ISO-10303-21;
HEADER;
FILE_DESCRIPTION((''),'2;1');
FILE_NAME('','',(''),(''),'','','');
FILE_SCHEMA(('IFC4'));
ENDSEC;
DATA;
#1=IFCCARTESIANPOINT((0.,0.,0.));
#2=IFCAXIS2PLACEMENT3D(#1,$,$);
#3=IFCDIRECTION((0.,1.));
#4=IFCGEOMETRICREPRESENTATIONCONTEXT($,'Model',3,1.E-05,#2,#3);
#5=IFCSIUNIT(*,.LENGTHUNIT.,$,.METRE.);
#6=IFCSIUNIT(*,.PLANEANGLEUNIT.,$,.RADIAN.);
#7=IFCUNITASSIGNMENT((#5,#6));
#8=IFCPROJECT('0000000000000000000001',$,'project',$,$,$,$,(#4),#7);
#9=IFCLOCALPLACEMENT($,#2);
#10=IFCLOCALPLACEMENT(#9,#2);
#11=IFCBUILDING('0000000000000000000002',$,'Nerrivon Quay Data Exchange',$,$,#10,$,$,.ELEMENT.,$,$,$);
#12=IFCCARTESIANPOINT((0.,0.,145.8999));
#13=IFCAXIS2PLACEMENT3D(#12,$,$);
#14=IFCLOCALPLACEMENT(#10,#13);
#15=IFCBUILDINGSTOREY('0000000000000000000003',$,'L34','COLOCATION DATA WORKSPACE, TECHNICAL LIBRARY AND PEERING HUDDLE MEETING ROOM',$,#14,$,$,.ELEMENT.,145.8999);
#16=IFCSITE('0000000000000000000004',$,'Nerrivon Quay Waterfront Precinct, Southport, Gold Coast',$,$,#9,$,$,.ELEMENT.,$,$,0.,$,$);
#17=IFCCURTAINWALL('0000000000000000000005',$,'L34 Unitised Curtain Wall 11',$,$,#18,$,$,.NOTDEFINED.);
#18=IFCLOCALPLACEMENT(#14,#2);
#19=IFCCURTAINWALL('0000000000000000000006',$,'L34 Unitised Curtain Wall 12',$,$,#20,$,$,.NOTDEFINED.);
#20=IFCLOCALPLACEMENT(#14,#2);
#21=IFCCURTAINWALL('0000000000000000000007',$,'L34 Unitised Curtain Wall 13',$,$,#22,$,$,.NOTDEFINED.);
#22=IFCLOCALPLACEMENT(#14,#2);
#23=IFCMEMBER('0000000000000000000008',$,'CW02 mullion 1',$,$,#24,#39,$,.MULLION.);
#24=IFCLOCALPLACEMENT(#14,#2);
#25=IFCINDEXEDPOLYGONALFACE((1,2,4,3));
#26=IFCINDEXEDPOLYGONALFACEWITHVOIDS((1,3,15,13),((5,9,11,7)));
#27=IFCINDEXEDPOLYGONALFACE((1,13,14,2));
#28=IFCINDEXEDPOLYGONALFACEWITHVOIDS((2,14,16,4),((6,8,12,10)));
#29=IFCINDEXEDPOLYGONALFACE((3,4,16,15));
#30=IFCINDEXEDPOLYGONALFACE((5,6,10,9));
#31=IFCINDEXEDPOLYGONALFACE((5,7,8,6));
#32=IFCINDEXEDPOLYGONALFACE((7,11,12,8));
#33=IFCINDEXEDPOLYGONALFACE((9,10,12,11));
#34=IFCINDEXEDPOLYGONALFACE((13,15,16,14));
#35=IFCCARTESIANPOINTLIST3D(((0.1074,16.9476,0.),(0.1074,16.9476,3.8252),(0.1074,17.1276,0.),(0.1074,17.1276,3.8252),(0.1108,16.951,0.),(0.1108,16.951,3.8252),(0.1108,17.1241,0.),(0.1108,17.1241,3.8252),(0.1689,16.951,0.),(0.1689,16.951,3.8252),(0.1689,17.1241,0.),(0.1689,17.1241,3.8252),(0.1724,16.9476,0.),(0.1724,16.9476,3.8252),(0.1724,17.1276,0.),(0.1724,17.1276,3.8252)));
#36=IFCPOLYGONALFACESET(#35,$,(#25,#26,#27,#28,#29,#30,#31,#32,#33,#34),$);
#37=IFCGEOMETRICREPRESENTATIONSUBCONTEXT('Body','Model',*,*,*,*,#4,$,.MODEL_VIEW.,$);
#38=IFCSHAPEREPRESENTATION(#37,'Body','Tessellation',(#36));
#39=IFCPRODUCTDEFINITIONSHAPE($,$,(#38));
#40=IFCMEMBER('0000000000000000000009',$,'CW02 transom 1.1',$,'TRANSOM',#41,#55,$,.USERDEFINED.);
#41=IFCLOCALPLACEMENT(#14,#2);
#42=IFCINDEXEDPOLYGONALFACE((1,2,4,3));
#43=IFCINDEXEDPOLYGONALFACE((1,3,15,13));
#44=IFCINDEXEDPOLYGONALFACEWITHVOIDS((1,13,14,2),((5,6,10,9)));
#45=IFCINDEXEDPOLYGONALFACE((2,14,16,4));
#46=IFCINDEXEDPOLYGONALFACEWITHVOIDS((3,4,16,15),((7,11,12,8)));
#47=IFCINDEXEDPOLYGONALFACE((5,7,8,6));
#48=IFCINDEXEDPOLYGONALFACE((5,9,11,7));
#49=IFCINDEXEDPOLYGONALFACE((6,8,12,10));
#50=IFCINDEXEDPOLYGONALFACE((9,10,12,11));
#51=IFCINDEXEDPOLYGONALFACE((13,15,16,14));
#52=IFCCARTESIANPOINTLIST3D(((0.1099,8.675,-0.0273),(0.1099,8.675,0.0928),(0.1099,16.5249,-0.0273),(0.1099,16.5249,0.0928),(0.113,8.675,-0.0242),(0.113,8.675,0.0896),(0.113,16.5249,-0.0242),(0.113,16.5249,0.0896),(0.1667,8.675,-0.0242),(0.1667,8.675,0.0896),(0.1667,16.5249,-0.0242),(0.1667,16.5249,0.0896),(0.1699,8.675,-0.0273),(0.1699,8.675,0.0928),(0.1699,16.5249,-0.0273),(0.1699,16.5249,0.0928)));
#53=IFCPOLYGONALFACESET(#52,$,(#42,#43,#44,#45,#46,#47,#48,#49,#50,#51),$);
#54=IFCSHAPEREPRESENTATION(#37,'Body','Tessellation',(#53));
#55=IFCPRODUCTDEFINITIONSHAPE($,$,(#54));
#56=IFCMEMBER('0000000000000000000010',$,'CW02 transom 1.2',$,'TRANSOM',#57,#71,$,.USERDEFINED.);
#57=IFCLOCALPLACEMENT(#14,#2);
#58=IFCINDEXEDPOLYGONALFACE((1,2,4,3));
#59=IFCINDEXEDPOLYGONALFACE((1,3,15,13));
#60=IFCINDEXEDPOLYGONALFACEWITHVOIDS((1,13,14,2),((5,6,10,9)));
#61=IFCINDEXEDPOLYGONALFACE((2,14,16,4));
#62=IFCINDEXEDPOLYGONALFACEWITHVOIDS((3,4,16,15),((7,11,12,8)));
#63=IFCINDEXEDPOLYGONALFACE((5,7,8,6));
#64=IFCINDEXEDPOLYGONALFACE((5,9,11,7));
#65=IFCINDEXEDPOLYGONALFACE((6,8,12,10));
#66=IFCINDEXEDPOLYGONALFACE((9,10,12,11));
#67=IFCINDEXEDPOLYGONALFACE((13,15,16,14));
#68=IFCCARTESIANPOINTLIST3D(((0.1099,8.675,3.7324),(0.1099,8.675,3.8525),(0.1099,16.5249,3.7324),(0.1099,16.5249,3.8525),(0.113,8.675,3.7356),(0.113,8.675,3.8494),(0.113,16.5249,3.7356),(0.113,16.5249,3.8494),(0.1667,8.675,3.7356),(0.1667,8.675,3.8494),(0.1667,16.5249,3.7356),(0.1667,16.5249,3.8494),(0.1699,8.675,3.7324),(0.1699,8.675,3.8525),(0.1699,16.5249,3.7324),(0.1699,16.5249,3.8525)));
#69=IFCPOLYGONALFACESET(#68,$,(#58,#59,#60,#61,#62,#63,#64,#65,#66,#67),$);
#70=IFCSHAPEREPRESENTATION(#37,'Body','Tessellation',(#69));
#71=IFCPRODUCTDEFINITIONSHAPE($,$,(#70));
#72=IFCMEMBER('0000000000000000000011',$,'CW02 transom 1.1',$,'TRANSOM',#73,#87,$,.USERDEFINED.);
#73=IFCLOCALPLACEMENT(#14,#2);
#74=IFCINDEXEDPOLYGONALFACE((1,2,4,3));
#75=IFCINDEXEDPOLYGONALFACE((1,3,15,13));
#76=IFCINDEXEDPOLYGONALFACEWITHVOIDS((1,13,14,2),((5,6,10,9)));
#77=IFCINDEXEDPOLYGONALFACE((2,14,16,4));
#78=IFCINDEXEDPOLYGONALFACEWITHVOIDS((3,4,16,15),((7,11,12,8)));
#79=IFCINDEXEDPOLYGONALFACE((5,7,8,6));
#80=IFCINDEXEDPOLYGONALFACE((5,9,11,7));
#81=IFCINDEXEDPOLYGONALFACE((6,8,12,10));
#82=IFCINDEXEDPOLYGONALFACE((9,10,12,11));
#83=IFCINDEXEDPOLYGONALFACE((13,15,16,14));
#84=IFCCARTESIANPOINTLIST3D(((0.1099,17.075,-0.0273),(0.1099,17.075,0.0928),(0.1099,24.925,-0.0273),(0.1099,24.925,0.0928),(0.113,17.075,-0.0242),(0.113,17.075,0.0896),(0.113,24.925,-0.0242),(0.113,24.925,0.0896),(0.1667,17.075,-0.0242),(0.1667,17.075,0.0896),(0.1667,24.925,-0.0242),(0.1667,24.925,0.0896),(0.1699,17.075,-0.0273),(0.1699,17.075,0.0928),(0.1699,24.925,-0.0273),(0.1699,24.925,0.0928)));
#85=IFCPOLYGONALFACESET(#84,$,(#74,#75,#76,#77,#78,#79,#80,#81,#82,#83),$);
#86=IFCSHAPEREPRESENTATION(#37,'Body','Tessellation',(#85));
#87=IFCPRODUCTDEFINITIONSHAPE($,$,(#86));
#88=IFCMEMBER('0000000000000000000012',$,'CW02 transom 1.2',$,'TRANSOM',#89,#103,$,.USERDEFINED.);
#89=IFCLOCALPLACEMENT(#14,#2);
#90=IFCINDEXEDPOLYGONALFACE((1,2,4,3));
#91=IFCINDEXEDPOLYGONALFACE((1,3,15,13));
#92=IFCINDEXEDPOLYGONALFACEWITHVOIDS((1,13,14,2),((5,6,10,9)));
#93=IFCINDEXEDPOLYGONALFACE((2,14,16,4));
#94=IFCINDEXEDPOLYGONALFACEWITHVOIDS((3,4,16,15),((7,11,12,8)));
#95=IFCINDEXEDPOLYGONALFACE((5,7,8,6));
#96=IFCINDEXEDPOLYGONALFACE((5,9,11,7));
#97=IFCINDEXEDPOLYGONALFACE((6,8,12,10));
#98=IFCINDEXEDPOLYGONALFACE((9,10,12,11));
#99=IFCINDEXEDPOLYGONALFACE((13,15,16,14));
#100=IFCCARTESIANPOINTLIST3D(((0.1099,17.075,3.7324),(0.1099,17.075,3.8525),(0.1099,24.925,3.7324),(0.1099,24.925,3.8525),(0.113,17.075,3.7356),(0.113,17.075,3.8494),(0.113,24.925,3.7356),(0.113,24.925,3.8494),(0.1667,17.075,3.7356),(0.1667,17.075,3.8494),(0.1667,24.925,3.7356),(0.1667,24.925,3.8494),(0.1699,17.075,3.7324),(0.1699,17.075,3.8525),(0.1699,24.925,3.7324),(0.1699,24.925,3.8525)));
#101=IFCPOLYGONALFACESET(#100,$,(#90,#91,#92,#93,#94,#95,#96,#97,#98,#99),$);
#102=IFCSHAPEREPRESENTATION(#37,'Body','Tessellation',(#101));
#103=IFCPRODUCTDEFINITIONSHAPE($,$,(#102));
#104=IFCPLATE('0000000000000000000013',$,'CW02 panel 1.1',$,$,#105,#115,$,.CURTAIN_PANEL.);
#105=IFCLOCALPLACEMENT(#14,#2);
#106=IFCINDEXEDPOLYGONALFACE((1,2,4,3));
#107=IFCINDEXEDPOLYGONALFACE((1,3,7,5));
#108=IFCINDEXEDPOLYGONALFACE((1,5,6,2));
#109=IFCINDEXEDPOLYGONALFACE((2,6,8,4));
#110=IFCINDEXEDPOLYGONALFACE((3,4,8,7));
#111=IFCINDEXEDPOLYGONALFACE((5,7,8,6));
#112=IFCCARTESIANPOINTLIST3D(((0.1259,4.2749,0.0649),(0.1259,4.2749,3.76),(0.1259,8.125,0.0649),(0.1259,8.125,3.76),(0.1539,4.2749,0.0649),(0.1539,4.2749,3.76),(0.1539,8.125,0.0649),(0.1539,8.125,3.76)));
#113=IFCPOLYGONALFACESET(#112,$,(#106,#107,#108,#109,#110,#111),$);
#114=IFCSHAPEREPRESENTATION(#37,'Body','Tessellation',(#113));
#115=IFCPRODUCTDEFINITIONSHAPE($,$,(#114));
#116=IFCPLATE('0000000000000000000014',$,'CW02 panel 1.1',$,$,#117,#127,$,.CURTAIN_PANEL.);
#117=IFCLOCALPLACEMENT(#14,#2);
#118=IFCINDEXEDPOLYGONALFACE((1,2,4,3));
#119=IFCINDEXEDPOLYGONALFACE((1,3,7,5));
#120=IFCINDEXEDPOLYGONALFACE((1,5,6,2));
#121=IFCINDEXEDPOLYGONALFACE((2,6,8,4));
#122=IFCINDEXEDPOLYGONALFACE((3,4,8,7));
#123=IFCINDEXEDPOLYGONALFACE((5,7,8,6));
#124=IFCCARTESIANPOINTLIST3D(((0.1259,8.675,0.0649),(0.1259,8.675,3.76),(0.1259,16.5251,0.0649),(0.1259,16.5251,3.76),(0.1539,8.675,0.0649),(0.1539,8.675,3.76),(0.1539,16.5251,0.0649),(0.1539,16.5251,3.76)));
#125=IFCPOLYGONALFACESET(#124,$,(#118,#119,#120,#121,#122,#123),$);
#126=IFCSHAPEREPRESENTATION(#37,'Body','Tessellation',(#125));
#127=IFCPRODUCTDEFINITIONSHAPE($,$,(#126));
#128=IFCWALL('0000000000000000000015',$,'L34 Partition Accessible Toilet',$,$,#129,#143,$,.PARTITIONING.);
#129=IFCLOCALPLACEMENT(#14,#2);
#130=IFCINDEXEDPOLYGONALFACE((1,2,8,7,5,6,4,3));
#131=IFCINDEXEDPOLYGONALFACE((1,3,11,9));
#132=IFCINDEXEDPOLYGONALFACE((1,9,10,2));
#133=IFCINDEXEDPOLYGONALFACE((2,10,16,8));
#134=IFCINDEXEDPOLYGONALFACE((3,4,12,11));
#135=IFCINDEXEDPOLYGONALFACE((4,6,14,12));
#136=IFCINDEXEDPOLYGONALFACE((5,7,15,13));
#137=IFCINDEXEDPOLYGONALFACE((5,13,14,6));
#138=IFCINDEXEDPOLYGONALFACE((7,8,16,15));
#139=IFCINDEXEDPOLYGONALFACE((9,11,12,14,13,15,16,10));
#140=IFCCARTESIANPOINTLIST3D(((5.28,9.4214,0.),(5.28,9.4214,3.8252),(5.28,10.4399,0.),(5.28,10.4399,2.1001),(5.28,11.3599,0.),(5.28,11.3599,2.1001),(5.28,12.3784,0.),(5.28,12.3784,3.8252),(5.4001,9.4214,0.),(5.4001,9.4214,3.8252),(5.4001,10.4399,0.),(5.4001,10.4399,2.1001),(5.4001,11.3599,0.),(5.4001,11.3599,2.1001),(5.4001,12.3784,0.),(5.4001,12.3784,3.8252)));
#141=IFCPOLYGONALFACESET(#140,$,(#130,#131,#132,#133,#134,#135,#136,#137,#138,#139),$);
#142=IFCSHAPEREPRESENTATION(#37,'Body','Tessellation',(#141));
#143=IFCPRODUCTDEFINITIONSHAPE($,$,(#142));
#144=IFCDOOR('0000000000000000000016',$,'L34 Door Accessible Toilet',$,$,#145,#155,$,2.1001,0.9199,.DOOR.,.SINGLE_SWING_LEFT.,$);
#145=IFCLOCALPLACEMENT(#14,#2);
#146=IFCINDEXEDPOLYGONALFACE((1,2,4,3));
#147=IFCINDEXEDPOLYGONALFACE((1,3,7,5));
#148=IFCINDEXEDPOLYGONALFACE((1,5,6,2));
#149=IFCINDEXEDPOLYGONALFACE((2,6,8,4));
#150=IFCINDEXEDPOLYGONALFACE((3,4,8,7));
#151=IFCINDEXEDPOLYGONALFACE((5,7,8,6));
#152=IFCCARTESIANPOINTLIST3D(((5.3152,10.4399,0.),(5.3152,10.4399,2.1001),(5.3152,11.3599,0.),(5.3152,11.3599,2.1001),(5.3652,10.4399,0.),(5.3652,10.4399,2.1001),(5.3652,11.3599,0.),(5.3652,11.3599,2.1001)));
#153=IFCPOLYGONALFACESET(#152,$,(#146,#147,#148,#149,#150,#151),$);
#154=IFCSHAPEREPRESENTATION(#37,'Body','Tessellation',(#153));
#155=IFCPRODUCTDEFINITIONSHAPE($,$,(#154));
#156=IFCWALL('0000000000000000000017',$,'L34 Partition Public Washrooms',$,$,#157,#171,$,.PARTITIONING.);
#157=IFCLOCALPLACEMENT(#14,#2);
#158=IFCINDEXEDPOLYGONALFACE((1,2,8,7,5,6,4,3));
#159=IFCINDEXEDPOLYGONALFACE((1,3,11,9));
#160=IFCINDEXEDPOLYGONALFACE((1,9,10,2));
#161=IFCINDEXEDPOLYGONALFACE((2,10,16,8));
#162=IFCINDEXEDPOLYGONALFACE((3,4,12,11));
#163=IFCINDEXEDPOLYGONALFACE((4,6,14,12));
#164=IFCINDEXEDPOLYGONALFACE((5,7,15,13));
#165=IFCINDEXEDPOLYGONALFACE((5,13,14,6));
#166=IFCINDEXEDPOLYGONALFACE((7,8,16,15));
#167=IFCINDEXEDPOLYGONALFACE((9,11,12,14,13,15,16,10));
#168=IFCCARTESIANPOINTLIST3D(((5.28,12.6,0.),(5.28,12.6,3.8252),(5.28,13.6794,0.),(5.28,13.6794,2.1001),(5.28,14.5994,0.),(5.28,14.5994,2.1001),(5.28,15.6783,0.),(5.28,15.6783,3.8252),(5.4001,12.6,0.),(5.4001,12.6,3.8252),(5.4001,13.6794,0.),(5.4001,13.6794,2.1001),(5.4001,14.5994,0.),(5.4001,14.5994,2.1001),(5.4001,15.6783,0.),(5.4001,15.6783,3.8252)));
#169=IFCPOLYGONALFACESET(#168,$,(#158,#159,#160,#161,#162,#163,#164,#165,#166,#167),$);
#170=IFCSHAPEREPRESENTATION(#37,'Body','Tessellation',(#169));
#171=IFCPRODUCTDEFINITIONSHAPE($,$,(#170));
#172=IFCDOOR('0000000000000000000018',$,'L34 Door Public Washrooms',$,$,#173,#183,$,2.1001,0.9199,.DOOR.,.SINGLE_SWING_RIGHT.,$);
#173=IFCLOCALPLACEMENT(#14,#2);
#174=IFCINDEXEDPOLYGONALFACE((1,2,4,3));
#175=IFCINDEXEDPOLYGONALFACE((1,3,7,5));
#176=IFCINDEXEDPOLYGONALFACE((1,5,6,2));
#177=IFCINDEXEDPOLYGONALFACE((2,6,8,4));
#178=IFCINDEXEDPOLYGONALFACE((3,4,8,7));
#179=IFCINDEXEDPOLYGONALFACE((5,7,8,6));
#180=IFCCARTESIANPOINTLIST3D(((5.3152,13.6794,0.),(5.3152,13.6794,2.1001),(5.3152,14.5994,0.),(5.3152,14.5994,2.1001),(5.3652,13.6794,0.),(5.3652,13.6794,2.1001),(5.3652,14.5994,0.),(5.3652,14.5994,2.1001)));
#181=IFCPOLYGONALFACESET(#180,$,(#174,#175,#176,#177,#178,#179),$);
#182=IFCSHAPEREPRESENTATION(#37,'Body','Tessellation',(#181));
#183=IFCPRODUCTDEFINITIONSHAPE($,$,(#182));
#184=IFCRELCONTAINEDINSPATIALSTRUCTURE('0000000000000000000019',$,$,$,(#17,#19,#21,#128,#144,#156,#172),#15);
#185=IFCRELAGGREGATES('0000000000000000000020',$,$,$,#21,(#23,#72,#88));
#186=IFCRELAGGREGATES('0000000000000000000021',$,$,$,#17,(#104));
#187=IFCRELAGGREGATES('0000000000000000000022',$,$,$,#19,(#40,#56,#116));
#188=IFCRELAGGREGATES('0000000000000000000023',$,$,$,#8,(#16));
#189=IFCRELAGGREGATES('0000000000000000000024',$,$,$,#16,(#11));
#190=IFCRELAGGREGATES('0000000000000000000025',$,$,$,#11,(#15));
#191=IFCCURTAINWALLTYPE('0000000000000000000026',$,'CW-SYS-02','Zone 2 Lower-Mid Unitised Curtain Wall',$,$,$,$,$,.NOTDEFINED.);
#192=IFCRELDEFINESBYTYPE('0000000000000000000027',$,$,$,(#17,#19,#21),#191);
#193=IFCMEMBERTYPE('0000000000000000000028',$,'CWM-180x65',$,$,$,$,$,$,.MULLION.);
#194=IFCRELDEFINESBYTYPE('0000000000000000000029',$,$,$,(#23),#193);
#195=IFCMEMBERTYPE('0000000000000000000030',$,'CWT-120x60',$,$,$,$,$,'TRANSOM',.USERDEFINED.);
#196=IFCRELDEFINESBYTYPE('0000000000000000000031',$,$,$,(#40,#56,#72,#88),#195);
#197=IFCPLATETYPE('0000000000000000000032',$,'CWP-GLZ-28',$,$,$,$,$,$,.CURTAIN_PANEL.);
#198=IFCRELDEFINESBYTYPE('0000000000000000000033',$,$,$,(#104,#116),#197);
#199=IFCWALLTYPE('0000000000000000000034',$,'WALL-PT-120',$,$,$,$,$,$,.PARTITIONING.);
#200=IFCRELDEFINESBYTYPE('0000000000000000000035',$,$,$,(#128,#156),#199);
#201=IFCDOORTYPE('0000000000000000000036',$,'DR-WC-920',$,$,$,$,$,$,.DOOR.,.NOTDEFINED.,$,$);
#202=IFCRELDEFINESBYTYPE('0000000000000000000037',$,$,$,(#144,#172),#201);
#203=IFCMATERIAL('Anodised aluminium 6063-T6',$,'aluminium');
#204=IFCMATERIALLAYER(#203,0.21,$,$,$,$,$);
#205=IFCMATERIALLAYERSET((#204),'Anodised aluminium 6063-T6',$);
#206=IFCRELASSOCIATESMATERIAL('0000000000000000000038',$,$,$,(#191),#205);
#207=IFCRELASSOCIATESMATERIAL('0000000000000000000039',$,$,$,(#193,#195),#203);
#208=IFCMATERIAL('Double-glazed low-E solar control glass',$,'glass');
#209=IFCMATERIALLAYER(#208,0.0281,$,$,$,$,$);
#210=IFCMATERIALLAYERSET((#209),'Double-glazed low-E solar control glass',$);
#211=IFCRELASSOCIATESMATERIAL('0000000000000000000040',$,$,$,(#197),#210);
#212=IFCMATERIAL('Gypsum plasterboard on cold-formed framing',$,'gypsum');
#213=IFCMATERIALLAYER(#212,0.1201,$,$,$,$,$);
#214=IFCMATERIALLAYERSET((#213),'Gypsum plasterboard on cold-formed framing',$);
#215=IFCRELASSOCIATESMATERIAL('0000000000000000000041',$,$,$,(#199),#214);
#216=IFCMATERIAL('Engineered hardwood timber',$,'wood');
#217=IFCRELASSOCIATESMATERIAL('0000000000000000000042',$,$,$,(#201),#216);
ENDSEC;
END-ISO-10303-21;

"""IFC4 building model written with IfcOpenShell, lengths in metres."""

from ifc_helpers import new_model, si_unit, direction, frame, frame_2d, origin, origin_2d, place, context, subcontext, project, spatial, rectangle, hollow_rectangle, extrude, material, layer, layer_set, material_profile, profile_set, type_object, element, fill, aggregate, save


model = new_model("IFC4")

# Units and contexts
model_context = context("Model", 3, precision=1e-05, world=origin(), true_north=direction((0.0, 1.0)))
body_context = subcontext(model_context, "Body", "Model", "MODEL_VIEW")
ifc_project = project(units=[si_unit("LENGTHUNIT", "METRE"), si_unit("PLANEANGLEUNIT", "RADIAN")], contexts=[model_context])

# Site, building, storey
site_placement = place(None, origin())
site = spatial("IfcSite", under=ifc_project, at=site_placement, Name="Nerrivon Quay Waterfront Precinct, Southport, Gold Coast", CompositionType="ELEMENT", RefElevation=0.0)
building_placement = place(site_placement, origin())
building = spatial("IfcBuilding", under=site, at=building_placement, Name="Nerrivon Quay Data Exchange", CompositionType="ELEMENT")
storey_placement = place(building_placement, frame((0.0, 0.0, 145.8999)))
storey = spatial("IfcBuildingStorey", under=building, at=storey_placement, Name="L34", Description="COLOCATION DATA WORKSPACE, TECHNICAL LIBRARY AND PEERING HUDDLE MEETING ROOM", CompositionType="ELEMENT", Elevation=145.8999)

# Curtain wall
ifc_material_1 = material(Name="Anodised aluminium 6063-T6", Category="aluminium")
ifc_layer_1 = layer(ifc_material_1, 0.21)
ifc_layer_set_1 = layer_set([ifc_layer_1], Name="Anodised aluminium 6063-T6")
curtain_wall_type = type_object("IfcCurtainWallType", Name="CW-SYS-02", Description="Zone 2 Lower-Mid Unitised Curtain Wall", PredefinedType="NOTDEFINED", material=ifc_layer_set_1)
curtain_wall_1_placement = place(storey_placement, origin())
curtain_wall_1 = element("IfcCurtainWall", 1, at=curtain_wall_1_placement, inside=storey, type_object=curtain_wall_type, Name="L34 Unitised Curtain Wall 11", PredefinedType="NOTDEFINED")
ifc_material_profile_1 = material_profile(ifc_material_1, hollow_rectangle(XDim=0.0649, YDim=0.1799, WallThickness=0.0034, at=origin_2d()), Name="ALU-MULL-180x65")
ifc_profile_set_1 = profile_set([ifc_material_profile_1], Name="Anodised aluminium 6063-T6")
member_type_1 = type_object("IfcMemberType", Name="CWM-180x65", PredefinedType="MULLION", material=ifc_profile_set_1)

# Curtain wall
curtain_wall_2_placement = place(storey_placement, origin())
curtain_wall_2 = element("IfcCurtainWall", 2, at=curtain_wall_2_placement, inside=storey, type_object=curtain_wall_type, Name="L34 Unitised Curtain Wall 12", PredefinedType="NOTDEFINED")

# Curtain wall, member
curtain_wall_3_placement = place(storey_placement, origin())
curtain_wall_3 = element("IfcCurtainWall", 3, at=curtain_wall_3_placement, inside=storey, type_object=curtain_wall_type, Name="L34 Unitised Curtain Wall 13", PredefinedType="NOTDEFINED")
member_1_placement = place(storey_placement, frame((0.1399, 17.0376, 0.0), z_axis=(0.0, 0.0, 1.0), x_axis=(-1.0, 0.0, 0.0)))
member_1 = element("IfcMember", 4, at=member_1_placement, type_object=member_type_1, Name="CW02 mullion 1", PredefinedType="MULLION", context=body_context, shape_type="SweptSolid", body=[
    extrude(hollow_rectangle(XDim=0.0649, YDim=0.1799, WallThickness=0.0034, at=origin_2d()), origin(), (0.0, 0.0, 1.0), 3.8252),
])

# Members
ifc_material_profile_2 = material_profile(ifc_material_1, hollow_rectangle(XDim=0.0601, YDim=0.1201, WallThickness=0.0032, at=origin_2d()), Name="ALU-TRAN-120x60")
ifc_profile_set_2 = profile_set([ifc_material_profile_2], Name="Anodised aluminium 6063-T6")
member_type_2 = type_object("IfcMemberType", Name="CWT-120x60", ElementType="TRANSOM", PredefinedType="USERDEFINED", material=ifc_profile_set_2)
member_2_placement = place(storey_placement, frame((0.1399, 8.675, 0.0327), z_axis=(0.0, 1.0, 0.0), x_axis=(-1.0, 0.0, 0.0)))
member_2 = element("IfcMember", 5, at=member_2_placement, type_object=member_type_2, Name="CW02 transom 1.1", ObjectType="TRANSOM", PredefinedType="USERDEFINED", context=body_context, shape_type="SweptSolid", body=[
    extrude(hollow_rectangle(XDim=0.0601, YDim=0.1201, WallThickness=0.0032, at=origin_2d()), origin(), (0.0, 0.0, 1.0), 7.8499),
])
member_3_placement = place(storey_placement, frame((0.1399, 8.675, 3.7925), z_axis=(0.0, 1.0, 0.0), x_axis=(-1.0, 0.0, 0.0)))
member_3 = element("IfcMember", 6, at=member_3_placement, type_object=member_type_2, Name="CW02 transom 1.2", ObjectType="TRANSOM", PredefinedType="USERDEFINED", context=body_context, shape_type="SweptSolid", body=[
    extrude(hollow_rectangle(XDim=0.0601, YDim=0.1201, WallThickness=0.0032, at=origin_2d()), origin(), (0.0, 0.0, 1.0), 7.8499),
])
member_4_placement = place(storey_placement, frame((0.1399, 17.075, 0.0327), z_axis=(0.0, 1.0, 0.0), x_axis=(-1.0, 0.0, 0.0)))
member_4 = element("IfcMember", 7, at=member_4_placement, type_object=member_type_2, Name="CW02 transom 1.1", ObjectType="TRANSOM", PredefinedType="USERDEFINED", context=body_context, shape_type="SweptSolid", body=[
    extrude(hollow_rectangle(XDim=0.0601, YDim=0.1201, WallThickness=0.0032, at=origin_2d()), origin(), (0.0, 0.0, 1.0), 7.8501),
])
member_5_placement = place(storey_placement, frame((0.1399, 17.075, 3.7925), z_axis=(0.0, 1.0, 0.0), x_axis=(-1.0, 0.0, 0.0)))
member_5 = element("IfcMember", 8, at=member_5_placement, type_object=member_type_2, Name="CW02 transom 1.2", ObjectType="TRANSOM", PredefinedType="USERDEFINED", context=body_context, shape_type="SweptSolid", body=[
    extrude(hollow_rectangle(XDim=0.0601, YDim=0.1201, WallThickness=0.0032, at=origin_2d()), origin(), (0.0, 0.0, 1.0), 7.8501),
])
aggregate(curtain_wall_3, [member_1, member_4, member_5])

# Plates
ifc_material_2 = material(Name="Double-glazed low-E solar control glass", Category="glass")
ifc_layer_2 = layer(ifc_material_2, 0.0281)
ifc_layer_set_2 = layer_set([ifc_layer_2], Name="Double-glazed low-E solar control glass")
plate_type = type_object("IfcPlateType", Name="CWP-GLZ-28", PredefinedType="CURTAIN_PANEL", material=ifc_layer_set_2)
plate_1_placement = place(storey_placement, frame((0.1399, 6.2, 0.0649), z_axis=(0.0, 0.0, 1.0), x_axis=(0.0, 1.0, 0.0)))
plate_1 = element("IfcPlate", 9, at=plate_1_placement, type_object=plate_type, Name="CW02 panel 1.1", PredefinedType="CURTAIN_PANEL", context=body_context, shape_type="SweptSolid", body=[
    extrude(rectangle(XDim=3.8501, YDim=0.0281, at=origin_2d()), origin(), (0.0, 0.0, 1.0), 3.6951),
])
aggregate(curtain_wall_1, [plate_1])
plate_2_placement = place(storey_placement, frame((0.1399, 12.6001, 0.0649), z_axis=(0.0, 0.0, 1.0), x_axis=(0.0, 1.0, 0.0)))
plate_2 = element("IfcPlate", 10, at=plate_2_placement, type_object=plate_type, Name="CW02 panel 1.1", PredefinedType="CURTAIN_PANEL", context=body_context, shape_type="SweptSolid", body=[
    extrude(rectangle(XDim=7.8501, YDim=0.0281, at=origin_2d()), origin(), (0.0, 0.0, 1.0), 3.6951),
])
aggregate(curtain_wall_2, [member_2, member_3, plate_2])

# Walls, openings, doors
ifc_material_3 = material(Name="Gypsum plasterboard on cold-formed framing", Category="gypsum")
ifc_layer_3 = layer(ifc_material_3, 0.1201)
ifc_layer_set_3 = layer_set([ifc_layer_3], Name="Gypsum plasterboard on cold-formed framing")
wall_type_1 = type_object("IfcWallType", Name="WALL-PT-120", PredefinedType="PARTITIONING", material=ifc_layer_set_3)
wall_1_placement = place(storey_placement, frame((5.3401, 9.4214, 0.0), z_axis=(0.0, 0.0, 1.0), x_axis=(0.0, 1.0, 0.0)))
wall_1 = element("IfcWall", 11, at=wall_1_placement, inside=storey, type_object=wall_type_1, Name="L34 Partition Accessible Toilet", PredefinedType="PARTITIONING", context=body_context, shape_type="SweptSolid", body=[
    extrude(rectangle(XDim=2.957, YDim=0.1201, at=frame_2d((1.4785, 0.0))), origin(), (0.0, 0.0, 1.0), 3.8252),
])
opening_1_placement = place(wall_1_placement, frame((1.0186, 0.0, 0.0)))
opening_1 = element("IfcOpeningElement", 12, at=opening_1_placement, cuts=wall_1, PredefinedType="OPENING", context=body_context, shape_type="SweptSolid", body=[
    extrude(rectangle(XDim=0.9199, YDim=2.1001, at=frame_2d((0.46, 1.05))), frame((0.0, 0.0701, 0.0), z_axis=(0.0, -1.0, 0.0), x_axis=(1.0, 0.0, 0.0)), (0.0, 0.0, 1.0), 0.1401),
])
ifc_material_4 = material(Name="Engineered hardwood timber", Category="wood")
door_type = type_object("IfcDoorType", Name="DR-WC-920", OperationType="NOTDEFINED", PredefinedType="DOOR", material=ifc_material_4)
door_1_placement = place(opening_1_placement, origin())
door_1 = element("IfcDoor", 13, at=door_1_placement, inside=storey, type_object=door_type, Name="L34 Door Accessible Toilet", OperationType="SINGLE_SWING_LEFT", OverallHeight=2.1001, OverallWidth=0.9199, PredefinedType="DOOR", context=body_context, shape_type="SweptSolid", body=[
    extrude(rectangle(XDim=0.9199, YDim=2.1001, at=frame_2d((0.46, 1.05))), frame((0.0, 0.0249, 0.0), z_axis=(0.0, -1.0, 0.0), x_axis=(1.0, 0.0, 0.0)), (0.0, 0.0, 1.0), 0.05),
])
fill(opening_1, door_1)
wall_2_placement = place(storey_placement, frame((5.3401, 12.6001, 0.0), z_axis=(0.0, 0.0, 1.0), x_axis=(0.0, 1.0, 0.0)))
wall_2 = element("IfcWall", 14, at=wall_2_placement, inside=storey, type_object=wall_type_1, Name="L34 Partition Public Washrooms", PredefinedType="PARTITIONING", context=body_context, shape_type="SweptSolid", body=[
    extrude(rectangle(XDim=3.0784, YDim=0.1201, at=frame_2d((1.5391, 0.0))), origin(), (0.0, 0.0, 1.0), 3.8252),
])
opening_2_placement = place(wall_2_placement, frame((1.0793, 0.0, 0.0)))
opening_2 = element("IfcOpeningElement", 15, at=opening_2_placement, cuts=wall_2, PredefinedType="OPENING", context=body_context, shape_type="SweptSolid", body=[
    extrude(rectangle(XDim=0.9199, YDim=2.1001, at=frame_2d((0.46, 1.05))), frame((0.0, 0.0701, 0.0), z_axis=(0.0, -1.0, 0.0), x_axis=(1.0, 0.0, 0.0)), (0.0, 0.0, 1.0), 0.1401),
])
door_2_placement = place(opening_2_placement, origin())
door_2 = element("IfcDoor", 16, at=door_2_placement, inside=storey, type_object=door_type, Name="L34 Door Public Washrooms", OperationType="SINGLE_SWING_RIGHT", OverallHeight=2.1001, OverallWidth=0.9199, PredefinedType="DOOR", context=body_context, shape_type="SweptSolid", body=[
    extrude(rectangle(XDim=0.9199, YDim=2.1001, at=frame_2d((0.46, 1.05))), frame((0.0, 0.0249, 0.0), z_axis=(0.0, -1.0, 0.0), x_axis=(1.0, 0.0, 0.0)), (0.0, 0.0, 1.0), 0.05),
])
fill(opening_2, door_2)

save(model, "model.ifc")
